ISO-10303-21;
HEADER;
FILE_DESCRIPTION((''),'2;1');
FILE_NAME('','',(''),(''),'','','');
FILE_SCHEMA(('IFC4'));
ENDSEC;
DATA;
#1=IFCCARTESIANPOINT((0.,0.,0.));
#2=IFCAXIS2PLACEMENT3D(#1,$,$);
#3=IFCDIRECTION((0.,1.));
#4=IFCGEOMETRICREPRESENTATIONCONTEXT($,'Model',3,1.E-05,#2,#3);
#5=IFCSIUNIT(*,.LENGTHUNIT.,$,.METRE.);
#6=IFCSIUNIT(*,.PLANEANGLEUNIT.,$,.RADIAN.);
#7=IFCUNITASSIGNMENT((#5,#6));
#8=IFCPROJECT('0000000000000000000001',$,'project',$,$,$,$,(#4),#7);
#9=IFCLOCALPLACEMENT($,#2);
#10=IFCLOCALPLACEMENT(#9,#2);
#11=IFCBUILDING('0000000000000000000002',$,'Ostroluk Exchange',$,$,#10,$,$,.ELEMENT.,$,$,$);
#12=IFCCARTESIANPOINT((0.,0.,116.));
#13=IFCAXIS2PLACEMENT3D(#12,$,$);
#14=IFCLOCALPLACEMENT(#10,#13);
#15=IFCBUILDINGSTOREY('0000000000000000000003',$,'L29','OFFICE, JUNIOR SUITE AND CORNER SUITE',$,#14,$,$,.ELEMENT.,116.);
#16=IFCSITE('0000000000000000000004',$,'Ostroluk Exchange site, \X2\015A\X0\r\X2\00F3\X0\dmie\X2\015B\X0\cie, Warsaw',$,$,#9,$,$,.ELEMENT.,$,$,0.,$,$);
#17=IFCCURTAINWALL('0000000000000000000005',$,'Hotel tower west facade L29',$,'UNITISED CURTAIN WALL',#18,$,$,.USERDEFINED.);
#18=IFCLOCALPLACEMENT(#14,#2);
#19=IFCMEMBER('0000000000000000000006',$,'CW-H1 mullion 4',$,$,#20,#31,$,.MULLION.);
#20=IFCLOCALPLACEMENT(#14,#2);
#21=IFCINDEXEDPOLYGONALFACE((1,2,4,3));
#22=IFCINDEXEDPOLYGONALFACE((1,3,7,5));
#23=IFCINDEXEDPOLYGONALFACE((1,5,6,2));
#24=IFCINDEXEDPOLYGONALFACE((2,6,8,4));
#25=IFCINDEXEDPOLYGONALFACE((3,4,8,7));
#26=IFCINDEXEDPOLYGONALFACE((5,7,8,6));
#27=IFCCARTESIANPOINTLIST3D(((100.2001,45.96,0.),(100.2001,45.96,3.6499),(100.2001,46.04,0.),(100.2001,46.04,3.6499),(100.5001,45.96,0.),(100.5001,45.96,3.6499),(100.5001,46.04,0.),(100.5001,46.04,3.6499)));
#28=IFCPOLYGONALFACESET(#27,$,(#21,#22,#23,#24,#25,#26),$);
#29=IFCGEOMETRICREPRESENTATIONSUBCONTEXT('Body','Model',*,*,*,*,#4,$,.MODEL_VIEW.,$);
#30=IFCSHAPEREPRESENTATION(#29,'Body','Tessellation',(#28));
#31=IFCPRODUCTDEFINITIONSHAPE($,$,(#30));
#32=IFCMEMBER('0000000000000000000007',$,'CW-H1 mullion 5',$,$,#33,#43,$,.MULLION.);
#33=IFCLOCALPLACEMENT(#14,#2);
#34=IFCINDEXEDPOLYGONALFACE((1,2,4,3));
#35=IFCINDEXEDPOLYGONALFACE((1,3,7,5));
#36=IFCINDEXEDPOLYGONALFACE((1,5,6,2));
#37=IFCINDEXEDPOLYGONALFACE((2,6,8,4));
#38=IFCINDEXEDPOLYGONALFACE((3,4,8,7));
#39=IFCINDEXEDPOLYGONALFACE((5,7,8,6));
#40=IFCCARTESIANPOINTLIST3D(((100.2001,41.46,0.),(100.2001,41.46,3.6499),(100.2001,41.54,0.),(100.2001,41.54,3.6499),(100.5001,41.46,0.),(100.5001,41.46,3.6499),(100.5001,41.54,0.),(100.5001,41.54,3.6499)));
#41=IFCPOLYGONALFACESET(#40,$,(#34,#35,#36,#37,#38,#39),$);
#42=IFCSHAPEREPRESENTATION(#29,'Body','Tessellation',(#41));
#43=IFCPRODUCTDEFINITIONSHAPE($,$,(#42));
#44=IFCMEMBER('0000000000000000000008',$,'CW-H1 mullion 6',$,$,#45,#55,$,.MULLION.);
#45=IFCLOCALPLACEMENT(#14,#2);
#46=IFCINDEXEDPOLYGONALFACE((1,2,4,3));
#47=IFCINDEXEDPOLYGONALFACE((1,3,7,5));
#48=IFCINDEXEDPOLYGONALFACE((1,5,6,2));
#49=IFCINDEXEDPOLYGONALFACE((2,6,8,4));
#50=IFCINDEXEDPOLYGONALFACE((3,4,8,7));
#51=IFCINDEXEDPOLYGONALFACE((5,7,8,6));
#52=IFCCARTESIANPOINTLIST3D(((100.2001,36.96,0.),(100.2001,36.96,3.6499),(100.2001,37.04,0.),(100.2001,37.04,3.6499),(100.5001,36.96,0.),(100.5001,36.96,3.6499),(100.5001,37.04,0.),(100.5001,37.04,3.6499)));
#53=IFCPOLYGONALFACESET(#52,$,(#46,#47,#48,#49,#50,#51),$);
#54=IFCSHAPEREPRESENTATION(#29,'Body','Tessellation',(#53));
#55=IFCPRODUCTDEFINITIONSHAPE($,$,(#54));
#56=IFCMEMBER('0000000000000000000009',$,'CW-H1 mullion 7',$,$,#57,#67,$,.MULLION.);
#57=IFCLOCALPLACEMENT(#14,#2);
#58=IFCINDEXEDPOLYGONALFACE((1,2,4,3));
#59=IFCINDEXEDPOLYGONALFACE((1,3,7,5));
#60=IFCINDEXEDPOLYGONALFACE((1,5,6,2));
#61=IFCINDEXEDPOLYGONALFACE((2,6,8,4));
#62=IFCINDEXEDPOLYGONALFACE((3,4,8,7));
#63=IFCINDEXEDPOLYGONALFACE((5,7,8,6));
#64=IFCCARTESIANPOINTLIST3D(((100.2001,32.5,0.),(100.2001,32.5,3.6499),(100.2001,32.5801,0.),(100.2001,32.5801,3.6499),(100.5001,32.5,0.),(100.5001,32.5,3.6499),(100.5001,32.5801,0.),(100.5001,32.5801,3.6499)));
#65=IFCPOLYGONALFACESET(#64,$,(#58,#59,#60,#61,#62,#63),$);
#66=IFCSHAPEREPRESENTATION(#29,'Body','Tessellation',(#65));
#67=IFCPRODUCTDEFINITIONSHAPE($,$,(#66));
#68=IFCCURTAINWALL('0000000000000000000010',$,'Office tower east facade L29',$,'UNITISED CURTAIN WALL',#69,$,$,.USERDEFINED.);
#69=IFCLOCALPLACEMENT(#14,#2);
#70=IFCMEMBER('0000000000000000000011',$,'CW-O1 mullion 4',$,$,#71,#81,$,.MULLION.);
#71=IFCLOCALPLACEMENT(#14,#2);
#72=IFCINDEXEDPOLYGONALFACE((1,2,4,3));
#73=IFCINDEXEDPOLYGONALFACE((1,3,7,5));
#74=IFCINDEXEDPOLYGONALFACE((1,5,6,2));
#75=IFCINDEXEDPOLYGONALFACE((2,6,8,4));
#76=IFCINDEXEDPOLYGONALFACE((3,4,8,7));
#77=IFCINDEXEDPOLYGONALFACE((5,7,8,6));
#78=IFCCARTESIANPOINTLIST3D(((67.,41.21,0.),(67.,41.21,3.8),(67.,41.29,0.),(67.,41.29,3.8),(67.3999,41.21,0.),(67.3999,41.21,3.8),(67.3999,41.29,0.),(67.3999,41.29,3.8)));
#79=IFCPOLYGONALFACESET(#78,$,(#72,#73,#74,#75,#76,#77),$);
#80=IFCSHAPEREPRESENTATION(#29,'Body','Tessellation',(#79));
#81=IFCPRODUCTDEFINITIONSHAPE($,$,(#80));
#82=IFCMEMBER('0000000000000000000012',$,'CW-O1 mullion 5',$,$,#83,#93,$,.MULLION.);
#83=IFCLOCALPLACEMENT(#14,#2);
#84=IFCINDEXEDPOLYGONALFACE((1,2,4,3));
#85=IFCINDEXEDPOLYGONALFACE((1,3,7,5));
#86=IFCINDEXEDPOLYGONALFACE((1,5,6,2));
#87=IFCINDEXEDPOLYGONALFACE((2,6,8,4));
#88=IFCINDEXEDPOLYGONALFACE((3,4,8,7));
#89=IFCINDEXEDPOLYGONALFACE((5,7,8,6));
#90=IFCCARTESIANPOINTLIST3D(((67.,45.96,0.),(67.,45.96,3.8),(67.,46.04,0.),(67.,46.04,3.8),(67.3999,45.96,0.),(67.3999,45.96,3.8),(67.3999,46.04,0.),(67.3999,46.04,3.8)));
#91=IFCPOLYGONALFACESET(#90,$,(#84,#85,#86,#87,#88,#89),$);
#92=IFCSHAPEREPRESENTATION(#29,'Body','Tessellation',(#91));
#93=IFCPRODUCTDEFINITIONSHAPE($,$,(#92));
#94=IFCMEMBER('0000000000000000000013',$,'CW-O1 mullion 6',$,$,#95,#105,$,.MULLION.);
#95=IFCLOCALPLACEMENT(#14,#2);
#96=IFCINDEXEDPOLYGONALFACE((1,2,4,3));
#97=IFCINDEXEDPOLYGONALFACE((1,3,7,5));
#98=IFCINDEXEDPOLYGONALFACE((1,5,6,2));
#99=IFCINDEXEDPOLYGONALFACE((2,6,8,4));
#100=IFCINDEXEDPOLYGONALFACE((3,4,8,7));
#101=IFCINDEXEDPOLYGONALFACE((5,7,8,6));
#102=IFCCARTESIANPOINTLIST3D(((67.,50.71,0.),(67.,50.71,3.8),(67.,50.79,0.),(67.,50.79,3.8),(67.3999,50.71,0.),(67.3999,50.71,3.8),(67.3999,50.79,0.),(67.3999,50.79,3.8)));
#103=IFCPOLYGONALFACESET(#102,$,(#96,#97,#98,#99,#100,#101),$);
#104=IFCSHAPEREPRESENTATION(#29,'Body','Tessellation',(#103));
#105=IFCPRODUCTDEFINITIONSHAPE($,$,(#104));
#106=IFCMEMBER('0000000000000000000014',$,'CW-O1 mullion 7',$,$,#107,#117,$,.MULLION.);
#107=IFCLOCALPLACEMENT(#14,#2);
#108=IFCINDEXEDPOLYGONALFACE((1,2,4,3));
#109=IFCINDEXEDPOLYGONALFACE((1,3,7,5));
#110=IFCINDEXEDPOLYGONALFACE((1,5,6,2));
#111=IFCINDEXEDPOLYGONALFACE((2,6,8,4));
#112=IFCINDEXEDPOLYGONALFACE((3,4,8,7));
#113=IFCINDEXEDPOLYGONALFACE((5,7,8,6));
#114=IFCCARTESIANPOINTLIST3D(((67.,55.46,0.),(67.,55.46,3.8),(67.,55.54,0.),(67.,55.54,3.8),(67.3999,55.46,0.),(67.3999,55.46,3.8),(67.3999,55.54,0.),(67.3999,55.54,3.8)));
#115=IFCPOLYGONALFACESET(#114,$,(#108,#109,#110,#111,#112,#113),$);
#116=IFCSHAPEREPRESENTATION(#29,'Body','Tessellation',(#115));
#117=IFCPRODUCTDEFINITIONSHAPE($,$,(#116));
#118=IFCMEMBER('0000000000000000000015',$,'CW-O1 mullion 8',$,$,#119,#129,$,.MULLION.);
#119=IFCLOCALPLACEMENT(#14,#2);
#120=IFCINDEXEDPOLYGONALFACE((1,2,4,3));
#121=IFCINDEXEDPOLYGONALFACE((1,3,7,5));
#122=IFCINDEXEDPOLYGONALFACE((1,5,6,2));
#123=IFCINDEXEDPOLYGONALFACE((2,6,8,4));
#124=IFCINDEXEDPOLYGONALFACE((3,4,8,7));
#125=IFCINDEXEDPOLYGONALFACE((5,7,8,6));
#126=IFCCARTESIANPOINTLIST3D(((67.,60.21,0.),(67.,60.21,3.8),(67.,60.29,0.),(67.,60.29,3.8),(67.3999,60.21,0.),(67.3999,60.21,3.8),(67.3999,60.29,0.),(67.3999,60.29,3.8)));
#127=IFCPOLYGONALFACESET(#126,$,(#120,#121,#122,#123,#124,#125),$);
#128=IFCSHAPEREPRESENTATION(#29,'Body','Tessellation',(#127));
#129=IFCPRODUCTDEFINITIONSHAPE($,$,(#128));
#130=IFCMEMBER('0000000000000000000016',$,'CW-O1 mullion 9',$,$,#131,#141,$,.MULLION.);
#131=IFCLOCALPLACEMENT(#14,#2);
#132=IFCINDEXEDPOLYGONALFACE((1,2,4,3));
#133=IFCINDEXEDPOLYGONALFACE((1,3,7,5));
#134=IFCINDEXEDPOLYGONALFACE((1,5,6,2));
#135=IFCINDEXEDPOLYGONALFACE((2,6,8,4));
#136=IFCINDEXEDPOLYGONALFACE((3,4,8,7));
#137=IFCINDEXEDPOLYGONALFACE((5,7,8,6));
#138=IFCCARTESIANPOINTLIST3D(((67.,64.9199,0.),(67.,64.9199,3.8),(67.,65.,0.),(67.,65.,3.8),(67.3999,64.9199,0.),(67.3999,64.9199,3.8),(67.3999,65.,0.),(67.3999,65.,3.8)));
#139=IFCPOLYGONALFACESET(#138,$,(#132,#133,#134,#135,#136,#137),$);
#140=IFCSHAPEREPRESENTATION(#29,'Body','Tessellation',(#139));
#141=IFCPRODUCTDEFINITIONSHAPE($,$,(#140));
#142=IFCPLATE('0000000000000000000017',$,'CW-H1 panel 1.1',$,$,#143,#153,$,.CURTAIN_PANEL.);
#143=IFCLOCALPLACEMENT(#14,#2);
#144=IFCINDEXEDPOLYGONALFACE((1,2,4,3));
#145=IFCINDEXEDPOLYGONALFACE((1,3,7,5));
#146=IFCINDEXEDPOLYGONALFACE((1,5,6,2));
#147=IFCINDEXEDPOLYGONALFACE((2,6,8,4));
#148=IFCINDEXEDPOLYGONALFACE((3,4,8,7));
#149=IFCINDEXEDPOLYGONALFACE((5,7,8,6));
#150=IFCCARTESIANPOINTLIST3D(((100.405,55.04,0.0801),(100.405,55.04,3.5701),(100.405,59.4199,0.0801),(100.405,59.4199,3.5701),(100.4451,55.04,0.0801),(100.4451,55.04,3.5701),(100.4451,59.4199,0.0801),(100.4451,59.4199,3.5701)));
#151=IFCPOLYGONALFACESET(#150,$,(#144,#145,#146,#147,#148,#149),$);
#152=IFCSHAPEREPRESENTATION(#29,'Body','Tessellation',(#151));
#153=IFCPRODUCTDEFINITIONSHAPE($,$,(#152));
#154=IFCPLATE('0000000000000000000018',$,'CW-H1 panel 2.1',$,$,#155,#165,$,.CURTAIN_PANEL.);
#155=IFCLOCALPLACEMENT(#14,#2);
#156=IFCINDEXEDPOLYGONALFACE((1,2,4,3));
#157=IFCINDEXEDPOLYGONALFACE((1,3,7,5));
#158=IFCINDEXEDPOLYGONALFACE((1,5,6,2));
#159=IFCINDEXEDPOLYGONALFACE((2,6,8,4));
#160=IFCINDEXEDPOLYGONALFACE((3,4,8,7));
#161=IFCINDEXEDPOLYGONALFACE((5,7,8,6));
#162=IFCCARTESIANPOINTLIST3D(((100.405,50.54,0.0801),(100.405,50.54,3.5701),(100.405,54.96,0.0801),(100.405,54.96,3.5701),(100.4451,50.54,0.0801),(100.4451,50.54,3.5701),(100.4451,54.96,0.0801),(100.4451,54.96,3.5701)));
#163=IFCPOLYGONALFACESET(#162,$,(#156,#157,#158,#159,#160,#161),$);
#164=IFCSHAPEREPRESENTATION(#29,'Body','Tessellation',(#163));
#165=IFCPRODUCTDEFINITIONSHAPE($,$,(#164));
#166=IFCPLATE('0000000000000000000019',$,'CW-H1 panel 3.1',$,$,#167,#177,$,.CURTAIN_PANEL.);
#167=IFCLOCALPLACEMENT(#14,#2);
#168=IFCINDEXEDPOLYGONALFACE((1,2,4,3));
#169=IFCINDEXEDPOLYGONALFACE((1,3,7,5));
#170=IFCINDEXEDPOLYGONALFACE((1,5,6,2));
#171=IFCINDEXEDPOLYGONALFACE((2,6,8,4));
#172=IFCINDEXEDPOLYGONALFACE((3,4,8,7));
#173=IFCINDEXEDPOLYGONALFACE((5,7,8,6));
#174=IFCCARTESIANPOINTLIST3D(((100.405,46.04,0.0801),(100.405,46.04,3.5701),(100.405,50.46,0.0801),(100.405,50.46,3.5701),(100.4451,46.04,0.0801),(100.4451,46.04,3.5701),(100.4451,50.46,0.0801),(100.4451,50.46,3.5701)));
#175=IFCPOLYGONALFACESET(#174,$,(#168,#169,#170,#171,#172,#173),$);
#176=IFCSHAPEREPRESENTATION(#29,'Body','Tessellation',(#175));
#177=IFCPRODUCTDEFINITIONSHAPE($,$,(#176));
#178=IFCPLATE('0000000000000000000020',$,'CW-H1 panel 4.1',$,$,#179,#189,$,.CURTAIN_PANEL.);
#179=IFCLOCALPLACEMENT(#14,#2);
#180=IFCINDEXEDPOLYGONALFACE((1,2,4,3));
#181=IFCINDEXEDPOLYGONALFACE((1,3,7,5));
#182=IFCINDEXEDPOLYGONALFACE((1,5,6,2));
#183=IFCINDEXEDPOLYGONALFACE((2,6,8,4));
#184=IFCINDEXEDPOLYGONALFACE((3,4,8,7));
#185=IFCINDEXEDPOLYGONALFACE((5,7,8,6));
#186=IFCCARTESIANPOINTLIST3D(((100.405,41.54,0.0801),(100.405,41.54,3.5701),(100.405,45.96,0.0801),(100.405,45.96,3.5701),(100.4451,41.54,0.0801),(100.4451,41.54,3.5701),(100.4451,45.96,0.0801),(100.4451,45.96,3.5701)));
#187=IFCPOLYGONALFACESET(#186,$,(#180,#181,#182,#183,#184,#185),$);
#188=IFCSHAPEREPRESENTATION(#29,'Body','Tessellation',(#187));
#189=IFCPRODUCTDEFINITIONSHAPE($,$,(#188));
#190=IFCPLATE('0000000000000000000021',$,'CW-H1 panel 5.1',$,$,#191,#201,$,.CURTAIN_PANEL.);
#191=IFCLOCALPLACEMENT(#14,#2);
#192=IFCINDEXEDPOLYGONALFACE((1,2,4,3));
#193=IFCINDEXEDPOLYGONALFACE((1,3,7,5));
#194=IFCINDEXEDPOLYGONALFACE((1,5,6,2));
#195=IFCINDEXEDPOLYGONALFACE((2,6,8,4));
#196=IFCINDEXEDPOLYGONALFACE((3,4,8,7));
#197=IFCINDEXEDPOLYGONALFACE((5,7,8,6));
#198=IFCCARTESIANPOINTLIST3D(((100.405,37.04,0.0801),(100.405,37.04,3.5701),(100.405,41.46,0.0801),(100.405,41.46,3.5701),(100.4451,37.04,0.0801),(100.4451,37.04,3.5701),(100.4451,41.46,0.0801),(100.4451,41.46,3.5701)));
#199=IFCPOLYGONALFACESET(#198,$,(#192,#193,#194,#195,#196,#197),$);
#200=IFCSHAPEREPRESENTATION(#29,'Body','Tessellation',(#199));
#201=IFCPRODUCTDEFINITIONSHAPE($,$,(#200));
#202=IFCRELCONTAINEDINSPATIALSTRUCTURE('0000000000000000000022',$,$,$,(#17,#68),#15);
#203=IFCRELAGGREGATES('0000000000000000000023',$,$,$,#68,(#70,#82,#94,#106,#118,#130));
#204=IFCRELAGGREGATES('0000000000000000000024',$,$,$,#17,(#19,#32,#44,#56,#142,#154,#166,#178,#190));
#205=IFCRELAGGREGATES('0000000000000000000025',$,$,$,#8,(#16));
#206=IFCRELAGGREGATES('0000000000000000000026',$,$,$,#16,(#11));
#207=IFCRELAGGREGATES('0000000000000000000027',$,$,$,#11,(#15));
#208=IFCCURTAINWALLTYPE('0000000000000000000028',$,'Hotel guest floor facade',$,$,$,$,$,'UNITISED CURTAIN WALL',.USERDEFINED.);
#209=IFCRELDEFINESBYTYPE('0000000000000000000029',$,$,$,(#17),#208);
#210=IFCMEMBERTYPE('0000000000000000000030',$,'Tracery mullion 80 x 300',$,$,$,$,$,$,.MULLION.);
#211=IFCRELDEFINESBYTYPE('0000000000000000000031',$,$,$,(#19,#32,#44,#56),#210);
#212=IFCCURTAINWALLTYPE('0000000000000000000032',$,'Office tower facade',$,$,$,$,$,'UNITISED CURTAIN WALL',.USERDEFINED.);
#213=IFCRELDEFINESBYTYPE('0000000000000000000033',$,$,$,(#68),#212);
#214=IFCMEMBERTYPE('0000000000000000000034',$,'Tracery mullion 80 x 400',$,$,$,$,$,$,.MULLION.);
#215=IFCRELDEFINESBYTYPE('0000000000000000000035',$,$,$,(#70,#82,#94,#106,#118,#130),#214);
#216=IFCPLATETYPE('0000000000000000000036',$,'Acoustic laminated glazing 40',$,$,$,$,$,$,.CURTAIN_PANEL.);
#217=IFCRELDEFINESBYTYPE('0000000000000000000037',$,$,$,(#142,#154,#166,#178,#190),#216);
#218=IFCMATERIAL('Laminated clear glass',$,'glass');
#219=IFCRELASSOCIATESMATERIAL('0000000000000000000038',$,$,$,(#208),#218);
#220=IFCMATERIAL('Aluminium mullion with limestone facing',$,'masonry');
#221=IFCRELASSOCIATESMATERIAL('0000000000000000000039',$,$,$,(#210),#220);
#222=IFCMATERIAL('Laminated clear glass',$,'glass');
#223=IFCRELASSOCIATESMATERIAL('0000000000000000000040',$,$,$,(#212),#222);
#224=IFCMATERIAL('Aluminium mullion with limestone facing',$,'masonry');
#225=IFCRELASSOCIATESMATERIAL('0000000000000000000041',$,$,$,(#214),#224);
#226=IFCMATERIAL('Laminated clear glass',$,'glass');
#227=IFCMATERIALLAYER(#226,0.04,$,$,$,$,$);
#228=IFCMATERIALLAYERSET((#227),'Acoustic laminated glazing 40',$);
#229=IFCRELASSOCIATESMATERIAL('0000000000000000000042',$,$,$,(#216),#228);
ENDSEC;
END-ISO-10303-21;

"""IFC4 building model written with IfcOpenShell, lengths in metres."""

from ifc_helpers import new_model, si_unit, direction, frame, origin, origin_2d, place, context, subcontext, project, spatial, rectangle, extrude, material, layer, layer_set, material_profile, profile_set, type_object, element, aggregate, save


model = new_model("IFC4")

# Units and contexts
model_context = context("Model", 3, precision=1e-05, world=origin(), true_north=direction((0.0, 1.0)))
body_context = subcontext(model_context, "Body", "Model", "MODEL_VIEW")
ifc_project = project(units=[si_unit("LENGTHUNIT", "METRE"), si_unit("PLANEANGLEUNIT", "RADIAN")], contexts=[model_context])

# Site, building, storey
site_placement = place(None, origin())
site = spatial("IfcSite", under=ifc_project, at=site_placement, Name="Ostroluk Exchange site, Śródmieście, Warsaw", CompositionType="ELEMENT", RefElevation=0.0)
building_placement = place(site_placement, origin())
building = spatial("IfcBuilding", under=site, at=building_placement, Name="Ostroluk Exchange", CompositionType="ELEMENT")
storey_placement = place(building_placement, frame((0.0, 0.0, 116.0)))
storey = spatial("IfcBuildingStorey", under=building, at=storey_placement, Name="L29", Description="OFFICE, JUNIOR SUITE AND CORNER SUITE", CompositionType="ELEMENT", Elevation=116.0)

# Curtain walls, members
ifc_material_1 = material(Name="Laminated clear glass", Category="glass")
curtain_wall_type_1 = type_object("IfcCurtainWallType", Name="Hotel guest floor facade", ElementType="UNITISED CURTAIN WALL", PredefinedType="USERDEFINED", material=ifc_material_1)
curtain_wall_1_placement = place(storey_placement, origin())
curtain_wall_1 = element("IfcCurtainWall", 1, at=curtain_wall_1_placement, inside=storey, type_object=curtain_wall_type_1, Name="Hotel tower west facade L29", ObjectType="UNITISED CURTAIN WALL", PredefinedType="USERDEFINED")
ifc_material_2 = material(Name="Aluminium mullion with limestone facing", Category="masonry")
ifc_material_profile_1 = material_profile(ifc_material_2, rectangle(XDim=0.3, YDim=0.0801, at=origin_2d()), Name="Tracery mullion 80 x 300")
ifc_profile_set_1 = profile_set([ifc_material_profile_1], Name="Aluminium mullion with limestone facing")
member_type_1 = type_object("IfcMemberType", Name="Tracery mullion 80 x 300", PredefinedType="MULLION", material=ifc_profile_set_1)
member_1_placement = place(storey_placement, frame((100.3501, 46.0, 0.0), z_axis=(0.0, 0.0, 1.0), x_axis=(1.0, 0.0, 0.0)))
member_1 = element("IfcMember", 2, at=member_1_placement, type_object=member_type_1, Name="CW-H1 mullion 4", PredefinedType="MULLION", context=body_context, shape_type="SweptSolid", body=[
    extrude(rectangle(XDim=0.3, YDim=0.0801, at=origin_2d()), origin(), (0.0, 0.0, 1.0), 3.6499),
])
member_2_placement = place(storey_placement, frame((100.3501, 41.5, 0.0), z_axis=(0.0, 0.0, 1.0), x_axis=(1.0, 0.0, 0.0)))
member_2 = element("IfcMember", 3, at=member_2_placement, type_object=member_type_1, Name="CW-H1 mullion 5", PredefinedType="MULLION", context=body_context, shape_type="SweptSolid", body=[
    extrude(rectangle(XDim=0.3, YDim=0.0801, at=origin_2d()), origin(), (0.0, 0.0, 1.0), 3.6499),
])
member_3_placement = place(storey_placement, frame((100.3501, 37.0, 0.0), z_axis=(0.0, 0.0, 1.0), x_axis=(1.0, 0.0, 0.0)))
member_3 = element("IfcMember", 4, at=member_3_placement, type_object=member_type_1, Name="CW-H1 mullion 6", PredefinedType="MULLION", context=body_context, shape_type="SweptSolid", body=[
    extrude(rectangle(XDim=0.3, YDim=0.0801, at=origin_2d()), origin(), (0.0, 0.0, 1.0), 3.6499),
])
member_4_placement = place(storey_placement, frame((100.3501, 32.54, 0.0), z_axis=(0.0, 0.0, 1.0), x_axis=(1.0, 0.0, 0.0)))
member_4 = element("IfcMember", 5, at=member_4_placement, type_object=member_type_1, Name="CW-H1 mullion 7", PredefinedType="MULLION", context=body_context, shape_type="SweptSolid", body=[
    extrude(rectangle(XDim=0.3, YDim=0.0801, at=origin_2d()), origin(), (0.0, 0.0, 1.0), 3.6499),
])
ifc_material_3 = material(Name="Laminated clear glass", Category="glass")
curtain_wall_type_2 = type_object("IfcCurtainWallType", Name="Office tower facade", ElementType="UNITISED CURTAIN WALL", PredefinedType="USERDEFINED", material=ifc_material_3)
curtain_wall_2_placement = place(storey_placement, origin())
curtain_wall_2 = element("IfcCurtainWall", 6, at=curtain_wall_2_placement, inside=storey, type_object=curtain_wall_type_2, Name="Office tower east facade L29", ObjectType="UNITISED CURTAIN WALL", PredefinedType="USERDEFINED")
ifc_material_4 = material(Name="Aluminium mullion with limestone facing", Category="masonry")
ifc_material_profile_2 = material_profile(ifc_material_4, rectangle(XDim=0.3999, YDim=0.0801, at=origin_2d()), Name="Tracery mullion 80 x 400")
ifc_profile_set_2 = profile_set([ifc_material_profile_2], Name="Aluminium mullion with limestone facing")
member_type_2 = type_object("IfcMemberType", Name="Tracery mullion 80 x 400", PredefinedType="MULLION", material=ifc_profile_set_2)
member_5_placement = place(storey_placement, frame((67.2, 41.25, 0.0), z_axis=(0.0, 0.0, 1.0), x_axis=(-1.0, 0.0, 0.0)))
member_5 = element("IfcMember", 7, at=member_5_placement, type_object=member_type_2, Name="CW-O1 mullion 4", PredefinedType="MULLION", context=body_context, shape_type="SweptSolid", body=[
    extrude(rectangle(XDim=0.3999, YDim=0.0801, at=origin_2d()), origin(), (0.0, 0.0, 1.0), 3.8),
])
member_6_placement = place(storey_placement, frame((67.2, 46.0, 0.0), z_axis=(0.0, 0.0, 1.0), x_axis=(-1.0, 0.0, 0.0)))
member_6 = element("IfcMember", 8, at=member_6_placement, type_object=member_type_2, Name="CW-O1 mullion 5", PredefinedType="MULLION", context=body_context, shape_type="SweptSolid", body=[
    extrude(rectangle(XDim=0.3999, YDim=0.0801, at=origin_2d()), origin(), (0.0, 0.0, 1.0), 3.8),
])
member_7_placement = place(storey_placement, frame((67.2, 50.75, 0.0), z_axis=(0.0, 0.0, 1.0), x_axis=(-1.0, 0.0, 0.0)))
member_7 = element("IfcMember", 9, at=member_7_placement, type_object=member_type_2, Name="CW-O1 mullion 6", PredefinedType="MULLION", context=body_context, shape_type="SweptSolid", body=[
    extrude(rectangle(XDim=0.3999, YDim=0.0801, at=origin_2d()), origin(), (0.0, 0.0, 1.0), 3.8),
])
member_8_placement = place(storey_placement, frame((67.2, 55.5, 0.0), z_axis=(0.0, 0.0, 1.0), x_axis=(-1.0, 0.0, 0.0)))
member_8 = element("IfcMember", 10, at=member_8_placement, type_object=member_type_2, Name="CW-O1 mullion 7", PredefinedType="MULLION", context=body_context, shape_type="SweptSolid", body=[
    extrude(rectangle(XDim=0.3999, YDim=0.0801, at=origin_2d()), origin(), (0.0, 0.0, 1.0), 3.8),
])
member_9_placement = place(storey_placement, frame((67.2, 60.25, 0.0), z_axis=(0.0, 0.0, 1.0), x_axis=(-1.0, 0.0, 0.0)))
member_9 = element("IfcMember", 11, at=member_9_placement, type_object=member_type_2, Name="CW-O1 mullion 8", PredefinedType="MULLION", context=body_context, shape_type="SweptSolid", body=[
    extrude(rectangle(XDim=0.3999, YDim=0.0801, at=origin_2d()), origin(), (0.0, 0.0, 1.0), 3.8),
])
member_10_placement = place(storey_placement, frame((67.2, 64.96, 0.0), z_axis=(0.0, 0.0, 1.0), x_axis=(-1.0, 0.0, 0.0)))
member_10 = element("IfcMember", 12, at=member_10_placement, type_object=member_type_2, Name="CW-O1 mullion 9", PredefinedType="MULLION", context=body_context, shape_type="SweptSolid", body=[
    extrude(rectangle(XDim=0.3999, YDim=0.0801, at=origin_2d()), origin(), (0.0, 0.0, 1.0), 3.8),
])
aggregate(curtain_wall_2, [member_5, member_6, member_7, member_8, member_9, member_10])

# Plates
ifc_material_5 = material(Name="Laminated clear glass", Category="glass")
ifc_layer_1 = layer(ifc_material_5, 0.04)
ifc_layer_set_1 = layer_set([ifc_layer_1], Name="Acoustic laminated glazing 40")
plate_type = type_object("IfcPlateType", Name="Acoustic laminated glazing 40", PredefinedType="CURTAIN_PANEL", material=ifc_layer_set_1)
plate_1_placement = place(storey_placement, frame((100.425, 57.23, 0.0801), z_axis=(0.0, 0.0, 1.0), x_axis=(0.0, -1.0, 0.0)))
plate_1 = element("IfcPlate", 13, at=plate_1_placement, type_object=plate_type, Name="CW-H1 panel 1.1", PredefinedType="CURTAIN_PANEL", context=body_context, shape_type="SweptSolid", body=[
    extrude(rectangle(XDim=4.3799, YDim=0.04, at=origin_2d()), origin(), (0.0, 0.0, 1.0), 3.49),
])
plate_2_placement = place(storey_placement, frame((100.425, 52.75, 0.0801), z_axis=(0.0, 0.0, 1.0), x_axis=(0.0, -1.0, 0.0)))
plate_2 = element("IfcPlate", 14, at=plate_2_placement, type_object=plate_type, Name="CW-H1 panel 2.1", PredefinedType="CURTAIN_PANEL", context=body_context, shape_type="SweptSolid", body=[
    extrude(rectangle(XDim=4.4199, YDim=0.04, at=origin_2d()), origin(), (0.0, 0.0, 1.0), 3.49),
])
plate_3_placement = place(storey_placement, frame((100.425, 48.25, 0.0801), z_axis=(0.0, 0.0, 1.0), x_axis=(0.0, -1.0, 0.0)))
plate_3 = element("IfcPlate", 15, at=plate_3_placement, type_object=plate_type, Name="CW-H1 panel 3.1", PredefinedType="CURTAIN_PANEL", context=body_context, shape_type="SweptSolid", body=[
    extrude(rectangle(XDim=4.4199, YDim=0.04, at=origin_2d()), origin(), (0.0, 0.0, 1.0), 3.49),
])
plate_4_placement = place(storey_placement, frame((100.425, 43.75, 0.0801), z_axis=(0.0, 0.0, 1.0), x_axis=(0.0, -1.0, 0.0)))
plate_4 = element("IfcPlate", 16, at=plate_4_placement, type_object=plate_type, Name="CW-H1 panel 4.1", PredefinedType="CURTAIN_PANEL", context=body_context, shape_type="SweptSolid", body=[
    extrude(rectangle(XDim=4.4199, YDim=0.04, at=origin_2d()), origin(), (0.0, 0.0, 1.0), 3.49),
])
plate_5_placement = place(storey_placement, frame((100.425, 39.25, 0.0801), z_axis=(0.0, 0.0, 1.0), x_axis=(0.0, -1.0, 0.0)))
plate_5 = element("IfcPlate", 17, at=plate_5_placement, type_object=plate_type, Name="CW-H1 panel 5.1", PredefinedType="CURTAIN_PANEL", context=body_context, shape_type="SweptSolid", body=[
    extrude(rectangle(XDim=4.4199, YDim=0.04, at=origin_2d()), origin(), (0.0, 0.0, 1.0), 3.49),
])
aggregate(curtain_wall_1, [member_1, member_2, member_3, member_4, plate_1, plate_2, plate_3, plate_4, plate_5])

save(model, "model.ifc")
